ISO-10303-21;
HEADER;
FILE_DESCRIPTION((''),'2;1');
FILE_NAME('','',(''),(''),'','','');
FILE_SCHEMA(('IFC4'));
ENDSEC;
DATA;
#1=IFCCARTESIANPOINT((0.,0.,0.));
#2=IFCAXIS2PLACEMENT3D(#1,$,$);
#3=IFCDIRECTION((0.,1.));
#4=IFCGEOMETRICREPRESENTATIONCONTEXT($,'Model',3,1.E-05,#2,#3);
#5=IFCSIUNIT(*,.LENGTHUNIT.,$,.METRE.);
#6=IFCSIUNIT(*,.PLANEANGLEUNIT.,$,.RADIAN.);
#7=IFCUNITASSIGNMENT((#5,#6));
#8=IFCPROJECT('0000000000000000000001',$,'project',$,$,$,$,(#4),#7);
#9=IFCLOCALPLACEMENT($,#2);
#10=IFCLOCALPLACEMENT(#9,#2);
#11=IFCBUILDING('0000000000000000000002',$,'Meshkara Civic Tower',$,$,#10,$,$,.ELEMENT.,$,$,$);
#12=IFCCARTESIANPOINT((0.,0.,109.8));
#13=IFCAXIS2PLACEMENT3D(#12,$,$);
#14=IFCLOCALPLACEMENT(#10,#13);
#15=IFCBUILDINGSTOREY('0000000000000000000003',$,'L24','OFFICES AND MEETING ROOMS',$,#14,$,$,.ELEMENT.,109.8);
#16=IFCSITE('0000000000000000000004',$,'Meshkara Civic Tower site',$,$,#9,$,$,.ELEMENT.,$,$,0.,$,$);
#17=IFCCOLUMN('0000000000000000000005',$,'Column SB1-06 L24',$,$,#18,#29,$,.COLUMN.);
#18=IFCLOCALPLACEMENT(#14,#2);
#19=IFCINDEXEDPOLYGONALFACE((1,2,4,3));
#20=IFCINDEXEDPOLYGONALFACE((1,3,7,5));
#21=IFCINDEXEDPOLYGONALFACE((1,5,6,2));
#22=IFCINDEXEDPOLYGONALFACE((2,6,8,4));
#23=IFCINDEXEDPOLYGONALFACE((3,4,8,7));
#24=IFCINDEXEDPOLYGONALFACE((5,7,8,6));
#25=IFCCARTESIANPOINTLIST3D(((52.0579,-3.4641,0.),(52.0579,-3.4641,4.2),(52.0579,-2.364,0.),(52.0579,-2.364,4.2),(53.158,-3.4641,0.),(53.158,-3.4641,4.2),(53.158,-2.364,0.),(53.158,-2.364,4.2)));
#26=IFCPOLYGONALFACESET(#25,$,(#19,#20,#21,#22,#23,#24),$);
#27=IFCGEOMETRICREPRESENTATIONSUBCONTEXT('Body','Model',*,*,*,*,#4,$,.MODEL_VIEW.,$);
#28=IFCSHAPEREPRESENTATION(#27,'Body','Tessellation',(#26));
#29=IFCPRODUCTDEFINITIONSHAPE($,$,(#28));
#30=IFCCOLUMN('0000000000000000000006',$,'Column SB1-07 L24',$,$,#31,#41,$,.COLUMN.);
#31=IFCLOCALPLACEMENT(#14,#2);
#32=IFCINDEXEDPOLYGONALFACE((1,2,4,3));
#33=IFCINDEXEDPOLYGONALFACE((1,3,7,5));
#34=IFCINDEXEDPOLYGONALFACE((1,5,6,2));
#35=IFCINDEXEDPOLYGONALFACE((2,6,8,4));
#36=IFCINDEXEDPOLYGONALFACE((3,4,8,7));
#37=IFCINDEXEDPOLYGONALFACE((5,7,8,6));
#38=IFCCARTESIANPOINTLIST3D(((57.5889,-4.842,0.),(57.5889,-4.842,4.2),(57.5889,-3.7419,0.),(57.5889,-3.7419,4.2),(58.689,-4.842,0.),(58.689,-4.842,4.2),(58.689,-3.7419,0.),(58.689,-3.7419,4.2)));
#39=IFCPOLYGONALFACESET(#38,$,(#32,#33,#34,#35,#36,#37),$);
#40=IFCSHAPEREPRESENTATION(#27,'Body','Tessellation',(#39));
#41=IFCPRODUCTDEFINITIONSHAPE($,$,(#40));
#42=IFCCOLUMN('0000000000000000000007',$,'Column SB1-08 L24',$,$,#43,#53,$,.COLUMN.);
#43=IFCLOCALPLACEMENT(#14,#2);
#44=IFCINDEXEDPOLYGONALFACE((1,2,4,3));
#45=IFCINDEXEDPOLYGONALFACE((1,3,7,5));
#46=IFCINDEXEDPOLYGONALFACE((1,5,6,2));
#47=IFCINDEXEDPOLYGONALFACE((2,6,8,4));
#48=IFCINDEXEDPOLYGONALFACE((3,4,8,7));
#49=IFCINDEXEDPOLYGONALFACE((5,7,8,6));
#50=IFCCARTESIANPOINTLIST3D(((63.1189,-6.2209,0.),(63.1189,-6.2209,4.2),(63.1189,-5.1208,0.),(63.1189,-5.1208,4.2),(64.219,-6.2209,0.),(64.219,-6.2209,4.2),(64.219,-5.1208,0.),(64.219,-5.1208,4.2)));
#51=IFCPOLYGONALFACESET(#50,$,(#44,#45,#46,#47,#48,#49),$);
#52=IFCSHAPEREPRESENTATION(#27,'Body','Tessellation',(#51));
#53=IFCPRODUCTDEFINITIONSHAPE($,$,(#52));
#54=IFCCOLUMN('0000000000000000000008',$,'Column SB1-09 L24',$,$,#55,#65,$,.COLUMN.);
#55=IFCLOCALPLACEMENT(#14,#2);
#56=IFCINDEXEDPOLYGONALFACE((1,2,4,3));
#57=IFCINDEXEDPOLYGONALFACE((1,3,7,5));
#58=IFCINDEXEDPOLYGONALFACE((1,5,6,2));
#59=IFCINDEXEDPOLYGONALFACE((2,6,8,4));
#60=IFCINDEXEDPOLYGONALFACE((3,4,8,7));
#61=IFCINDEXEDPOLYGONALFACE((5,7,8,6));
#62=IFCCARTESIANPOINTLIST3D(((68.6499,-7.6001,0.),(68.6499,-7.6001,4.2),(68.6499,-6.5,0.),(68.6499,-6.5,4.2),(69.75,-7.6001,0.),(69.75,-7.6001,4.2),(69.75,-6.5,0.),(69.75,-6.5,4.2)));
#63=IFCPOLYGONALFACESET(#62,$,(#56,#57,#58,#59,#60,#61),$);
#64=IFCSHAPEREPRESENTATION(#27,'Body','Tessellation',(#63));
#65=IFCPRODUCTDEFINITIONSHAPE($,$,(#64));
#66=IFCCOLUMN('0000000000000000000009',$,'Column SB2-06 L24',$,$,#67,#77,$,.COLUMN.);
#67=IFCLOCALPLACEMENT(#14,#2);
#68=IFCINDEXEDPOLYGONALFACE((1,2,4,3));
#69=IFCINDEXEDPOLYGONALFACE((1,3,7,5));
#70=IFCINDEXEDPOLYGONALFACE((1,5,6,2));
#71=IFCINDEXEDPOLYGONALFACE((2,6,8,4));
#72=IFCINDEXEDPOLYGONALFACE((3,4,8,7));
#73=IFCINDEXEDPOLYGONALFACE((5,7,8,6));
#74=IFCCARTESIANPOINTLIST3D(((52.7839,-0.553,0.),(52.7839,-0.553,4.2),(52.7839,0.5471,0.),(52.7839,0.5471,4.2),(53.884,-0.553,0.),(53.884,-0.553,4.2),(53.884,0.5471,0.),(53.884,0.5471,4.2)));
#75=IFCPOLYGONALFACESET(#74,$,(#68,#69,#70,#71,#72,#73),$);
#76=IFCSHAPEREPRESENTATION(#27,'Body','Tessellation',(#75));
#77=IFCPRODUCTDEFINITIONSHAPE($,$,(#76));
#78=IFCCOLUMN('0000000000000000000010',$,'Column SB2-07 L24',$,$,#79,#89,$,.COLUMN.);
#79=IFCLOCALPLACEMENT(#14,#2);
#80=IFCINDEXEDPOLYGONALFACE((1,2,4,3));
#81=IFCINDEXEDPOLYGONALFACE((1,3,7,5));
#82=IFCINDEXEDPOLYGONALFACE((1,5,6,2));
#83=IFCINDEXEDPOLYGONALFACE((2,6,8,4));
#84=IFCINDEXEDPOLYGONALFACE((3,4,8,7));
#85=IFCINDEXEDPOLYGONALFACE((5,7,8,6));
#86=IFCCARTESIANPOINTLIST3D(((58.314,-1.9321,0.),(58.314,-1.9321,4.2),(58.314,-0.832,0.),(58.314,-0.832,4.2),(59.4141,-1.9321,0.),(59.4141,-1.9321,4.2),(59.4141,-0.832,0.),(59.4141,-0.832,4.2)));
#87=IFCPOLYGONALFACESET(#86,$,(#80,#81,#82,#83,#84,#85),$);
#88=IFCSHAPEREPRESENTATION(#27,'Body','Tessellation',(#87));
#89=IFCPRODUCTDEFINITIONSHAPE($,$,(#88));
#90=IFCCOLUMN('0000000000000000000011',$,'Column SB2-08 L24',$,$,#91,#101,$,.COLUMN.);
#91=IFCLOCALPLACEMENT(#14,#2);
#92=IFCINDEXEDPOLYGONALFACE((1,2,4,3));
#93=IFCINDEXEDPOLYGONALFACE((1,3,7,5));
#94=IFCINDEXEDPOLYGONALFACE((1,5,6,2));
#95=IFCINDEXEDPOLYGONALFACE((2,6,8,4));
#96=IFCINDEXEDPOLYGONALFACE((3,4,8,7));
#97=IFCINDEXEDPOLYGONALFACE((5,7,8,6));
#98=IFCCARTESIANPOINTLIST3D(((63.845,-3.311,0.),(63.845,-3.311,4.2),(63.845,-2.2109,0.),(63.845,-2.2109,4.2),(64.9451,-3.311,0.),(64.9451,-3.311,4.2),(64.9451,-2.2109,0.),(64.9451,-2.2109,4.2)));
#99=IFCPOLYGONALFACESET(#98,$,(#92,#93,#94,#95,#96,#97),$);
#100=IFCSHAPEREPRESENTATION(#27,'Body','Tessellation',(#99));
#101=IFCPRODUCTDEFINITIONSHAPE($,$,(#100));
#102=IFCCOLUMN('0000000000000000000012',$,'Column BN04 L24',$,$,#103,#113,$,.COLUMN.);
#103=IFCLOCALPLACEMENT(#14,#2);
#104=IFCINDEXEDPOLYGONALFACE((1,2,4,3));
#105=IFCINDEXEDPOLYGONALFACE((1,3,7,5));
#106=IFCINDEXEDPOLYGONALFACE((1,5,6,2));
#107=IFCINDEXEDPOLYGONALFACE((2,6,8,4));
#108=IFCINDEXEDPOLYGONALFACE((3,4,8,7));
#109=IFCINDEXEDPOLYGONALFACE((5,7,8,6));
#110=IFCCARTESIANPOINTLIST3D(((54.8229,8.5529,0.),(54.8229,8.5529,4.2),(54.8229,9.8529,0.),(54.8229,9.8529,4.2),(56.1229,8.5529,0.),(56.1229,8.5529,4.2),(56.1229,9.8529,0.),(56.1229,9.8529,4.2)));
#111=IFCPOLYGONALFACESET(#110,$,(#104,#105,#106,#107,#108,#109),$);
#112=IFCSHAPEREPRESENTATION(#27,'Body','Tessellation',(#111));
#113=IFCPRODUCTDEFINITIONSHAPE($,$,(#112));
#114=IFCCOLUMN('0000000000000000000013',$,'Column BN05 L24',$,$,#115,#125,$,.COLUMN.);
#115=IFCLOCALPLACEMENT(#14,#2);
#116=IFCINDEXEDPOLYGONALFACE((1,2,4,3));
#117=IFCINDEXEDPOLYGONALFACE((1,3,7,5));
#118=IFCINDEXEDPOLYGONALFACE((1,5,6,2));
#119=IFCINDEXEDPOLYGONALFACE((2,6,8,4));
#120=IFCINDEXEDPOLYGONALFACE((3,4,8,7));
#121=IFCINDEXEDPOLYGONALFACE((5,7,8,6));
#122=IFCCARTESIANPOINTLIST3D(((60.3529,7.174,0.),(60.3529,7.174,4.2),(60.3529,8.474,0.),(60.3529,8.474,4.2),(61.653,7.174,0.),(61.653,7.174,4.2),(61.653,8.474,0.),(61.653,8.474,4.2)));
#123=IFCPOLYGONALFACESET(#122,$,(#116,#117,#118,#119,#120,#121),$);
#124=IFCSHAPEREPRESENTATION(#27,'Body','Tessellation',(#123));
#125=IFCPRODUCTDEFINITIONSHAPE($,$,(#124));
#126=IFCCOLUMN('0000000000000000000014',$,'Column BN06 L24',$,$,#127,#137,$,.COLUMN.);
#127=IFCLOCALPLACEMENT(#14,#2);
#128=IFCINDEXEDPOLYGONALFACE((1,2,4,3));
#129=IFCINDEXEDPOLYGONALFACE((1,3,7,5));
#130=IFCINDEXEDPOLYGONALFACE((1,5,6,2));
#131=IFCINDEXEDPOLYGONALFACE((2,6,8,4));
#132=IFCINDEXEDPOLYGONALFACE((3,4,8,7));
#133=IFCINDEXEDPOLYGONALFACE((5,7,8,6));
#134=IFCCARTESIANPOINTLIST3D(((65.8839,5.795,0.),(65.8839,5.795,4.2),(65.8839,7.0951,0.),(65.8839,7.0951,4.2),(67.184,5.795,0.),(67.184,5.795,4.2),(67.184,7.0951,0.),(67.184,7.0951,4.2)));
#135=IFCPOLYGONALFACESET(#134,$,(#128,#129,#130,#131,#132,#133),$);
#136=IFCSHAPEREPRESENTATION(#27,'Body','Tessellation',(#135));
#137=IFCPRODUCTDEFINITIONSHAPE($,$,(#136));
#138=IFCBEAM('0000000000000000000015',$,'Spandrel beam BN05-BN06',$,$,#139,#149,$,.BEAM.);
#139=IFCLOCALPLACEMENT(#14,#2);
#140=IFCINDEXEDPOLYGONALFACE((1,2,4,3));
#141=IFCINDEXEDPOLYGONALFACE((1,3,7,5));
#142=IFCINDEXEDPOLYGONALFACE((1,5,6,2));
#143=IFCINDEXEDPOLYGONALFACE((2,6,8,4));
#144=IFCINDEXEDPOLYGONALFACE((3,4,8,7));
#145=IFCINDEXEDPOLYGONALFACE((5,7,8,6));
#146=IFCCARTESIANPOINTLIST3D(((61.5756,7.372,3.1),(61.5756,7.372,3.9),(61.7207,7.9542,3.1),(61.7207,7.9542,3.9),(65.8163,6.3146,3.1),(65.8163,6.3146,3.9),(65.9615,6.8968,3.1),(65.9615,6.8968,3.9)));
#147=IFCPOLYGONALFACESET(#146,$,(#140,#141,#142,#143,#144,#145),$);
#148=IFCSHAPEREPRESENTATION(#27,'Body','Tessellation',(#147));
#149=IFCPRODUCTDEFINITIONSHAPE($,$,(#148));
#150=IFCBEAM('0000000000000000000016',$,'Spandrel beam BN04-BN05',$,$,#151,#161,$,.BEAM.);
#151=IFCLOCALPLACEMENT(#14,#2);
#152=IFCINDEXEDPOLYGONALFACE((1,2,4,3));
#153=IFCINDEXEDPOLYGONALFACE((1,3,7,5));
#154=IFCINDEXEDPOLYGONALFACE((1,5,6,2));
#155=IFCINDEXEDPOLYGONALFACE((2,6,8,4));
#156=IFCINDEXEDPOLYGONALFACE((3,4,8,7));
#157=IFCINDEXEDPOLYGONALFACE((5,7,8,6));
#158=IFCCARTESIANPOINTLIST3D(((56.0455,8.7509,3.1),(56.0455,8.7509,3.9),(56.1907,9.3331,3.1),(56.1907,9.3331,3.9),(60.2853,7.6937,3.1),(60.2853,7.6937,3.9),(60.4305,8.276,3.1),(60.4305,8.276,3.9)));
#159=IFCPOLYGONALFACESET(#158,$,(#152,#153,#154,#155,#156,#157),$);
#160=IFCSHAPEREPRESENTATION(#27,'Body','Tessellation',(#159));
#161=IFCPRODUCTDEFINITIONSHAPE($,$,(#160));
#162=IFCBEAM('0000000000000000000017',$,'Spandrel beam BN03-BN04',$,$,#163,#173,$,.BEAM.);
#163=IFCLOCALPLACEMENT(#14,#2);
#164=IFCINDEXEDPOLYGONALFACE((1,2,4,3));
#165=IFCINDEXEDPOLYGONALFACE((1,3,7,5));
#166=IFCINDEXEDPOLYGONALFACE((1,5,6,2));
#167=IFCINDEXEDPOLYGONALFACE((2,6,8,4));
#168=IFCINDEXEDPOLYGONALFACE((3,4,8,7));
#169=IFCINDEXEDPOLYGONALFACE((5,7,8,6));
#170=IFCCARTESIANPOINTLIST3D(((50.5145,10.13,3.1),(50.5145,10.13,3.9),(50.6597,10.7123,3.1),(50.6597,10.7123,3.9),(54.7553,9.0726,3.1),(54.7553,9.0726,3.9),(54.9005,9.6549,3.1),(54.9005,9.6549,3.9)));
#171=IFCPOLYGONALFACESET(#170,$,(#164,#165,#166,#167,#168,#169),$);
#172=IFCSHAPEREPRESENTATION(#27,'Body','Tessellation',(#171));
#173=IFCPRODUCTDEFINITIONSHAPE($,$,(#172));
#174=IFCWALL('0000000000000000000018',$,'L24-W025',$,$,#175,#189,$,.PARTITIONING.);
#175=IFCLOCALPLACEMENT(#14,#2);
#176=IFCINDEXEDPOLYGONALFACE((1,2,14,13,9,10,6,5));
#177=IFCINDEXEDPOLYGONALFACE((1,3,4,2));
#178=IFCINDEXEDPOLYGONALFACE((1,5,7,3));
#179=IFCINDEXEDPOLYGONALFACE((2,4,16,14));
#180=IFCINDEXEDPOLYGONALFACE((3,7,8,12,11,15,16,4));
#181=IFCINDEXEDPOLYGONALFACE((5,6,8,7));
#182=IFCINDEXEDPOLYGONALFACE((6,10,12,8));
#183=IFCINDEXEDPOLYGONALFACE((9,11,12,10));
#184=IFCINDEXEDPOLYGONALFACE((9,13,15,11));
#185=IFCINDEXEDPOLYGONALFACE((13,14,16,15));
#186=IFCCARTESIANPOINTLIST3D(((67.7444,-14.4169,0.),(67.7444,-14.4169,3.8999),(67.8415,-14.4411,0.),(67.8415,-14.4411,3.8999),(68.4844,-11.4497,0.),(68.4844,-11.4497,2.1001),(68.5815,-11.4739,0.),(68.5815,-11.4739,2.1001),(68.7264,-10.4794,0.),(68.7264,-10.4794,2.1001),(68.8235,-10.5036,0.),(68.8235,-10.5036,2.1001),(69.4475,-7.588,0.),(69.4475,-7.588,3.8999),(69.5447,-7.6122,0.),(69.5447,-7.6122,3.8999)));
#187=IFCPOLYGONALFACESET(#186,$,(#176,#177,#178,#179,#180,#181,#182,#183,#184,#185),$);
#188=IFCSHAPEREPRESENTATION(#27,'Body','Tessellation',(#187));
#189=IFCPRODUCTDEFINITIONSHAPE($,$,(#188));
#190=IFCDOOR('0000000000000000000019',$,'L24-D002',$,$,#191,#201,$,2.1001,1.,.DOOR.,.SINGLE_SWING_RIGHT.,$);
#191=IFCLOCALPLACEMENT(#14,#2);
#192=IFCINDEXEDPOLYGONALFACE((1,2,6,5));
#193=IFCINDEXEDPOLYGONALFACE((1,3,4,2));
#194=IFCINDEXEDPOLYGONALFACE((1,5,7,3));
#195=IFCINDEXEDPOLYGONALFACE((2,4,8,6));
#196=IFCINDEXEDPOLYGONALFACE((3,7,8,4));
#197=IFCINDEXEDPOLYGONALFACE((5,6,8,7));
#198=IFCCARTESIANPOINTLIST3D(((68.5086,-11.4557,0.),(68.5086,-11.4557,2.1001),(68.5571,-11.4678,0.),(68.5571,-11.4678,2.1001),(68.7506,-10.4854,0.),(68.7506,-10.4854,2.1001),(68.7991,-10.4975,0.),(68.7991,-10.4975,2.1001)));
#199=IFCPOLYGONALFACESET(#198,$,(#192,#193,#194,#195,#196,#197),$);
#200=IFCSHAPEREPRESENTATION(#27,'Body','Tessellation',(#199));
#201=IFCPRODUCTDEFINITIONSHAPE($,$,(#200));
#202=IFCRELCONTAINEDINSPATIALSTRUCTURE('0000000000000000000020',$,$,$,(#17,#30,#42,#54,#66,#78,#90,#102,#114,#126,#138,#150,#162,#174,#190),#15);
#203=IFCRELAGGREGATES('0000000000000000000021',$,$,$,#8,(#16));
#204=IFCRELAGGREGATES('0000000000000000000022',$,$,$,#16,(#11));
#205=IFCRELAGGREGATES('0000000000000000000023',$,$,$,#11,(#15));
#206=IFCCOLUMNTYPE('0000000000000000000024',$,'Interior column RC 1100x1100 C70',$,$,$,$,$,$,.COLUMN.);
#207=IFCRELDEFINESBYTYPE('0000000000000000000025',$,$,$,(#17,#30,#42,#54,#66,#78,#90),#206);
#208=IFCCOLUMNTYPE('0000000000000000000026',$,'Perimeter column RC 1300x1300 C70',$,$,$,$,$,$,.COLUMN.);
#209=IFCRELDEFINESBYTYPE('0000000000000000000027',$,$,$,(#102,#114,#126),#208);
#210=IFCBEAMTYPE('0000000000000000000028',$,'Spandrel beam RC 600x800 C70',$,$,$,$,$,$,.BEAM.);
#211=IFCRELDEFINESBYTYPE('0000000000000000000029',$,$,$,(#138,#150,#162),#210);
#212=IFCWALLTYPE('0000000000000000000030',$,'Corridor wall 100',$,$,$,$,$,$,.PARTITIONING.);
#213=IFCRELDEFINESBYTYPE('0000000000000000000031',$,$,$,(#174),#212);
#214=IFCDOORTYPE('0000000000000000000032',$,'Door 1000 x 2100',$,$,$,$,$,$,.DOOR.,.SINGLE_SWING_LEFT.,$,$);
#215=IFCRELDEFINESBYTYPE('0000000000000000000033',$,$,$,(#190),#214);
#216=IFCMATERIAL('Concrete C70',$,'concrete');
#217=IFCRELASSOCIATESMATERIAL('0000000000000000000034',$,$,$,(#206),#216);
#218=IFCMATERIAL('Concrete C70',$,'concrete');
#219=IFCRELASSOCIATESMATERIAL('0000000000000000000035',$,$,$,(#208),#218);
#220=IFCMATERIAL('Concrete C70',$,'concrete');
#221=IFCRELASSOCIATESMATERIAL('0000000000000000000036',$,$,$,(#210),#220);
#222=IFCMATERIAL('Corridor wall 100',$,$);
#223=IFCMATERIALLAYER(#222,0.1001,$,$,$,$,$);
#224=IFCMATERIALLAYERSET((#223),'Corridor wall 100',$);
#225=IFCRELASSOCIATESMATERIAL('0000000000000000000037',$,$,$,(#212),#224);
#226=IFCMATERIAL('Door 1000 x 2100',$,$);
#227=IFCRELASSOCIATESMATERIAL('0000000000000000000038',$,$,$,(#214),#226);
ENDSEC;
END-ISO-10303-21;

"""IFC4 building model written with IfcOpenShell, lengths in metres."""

from ifc_helpers import new_model, si_unit, direction, frame, frame_2d, origin, origin_2d, place, context, subcontext, project, spatial, rectangle, extrude, material, layer, layer_set, material_profile, profile_set, type_object, element, fill, save


model = new_model("IFC4")

# Units and contexts
model_context = context("Model", 3, precision=1e-05, world=origin(), true_north=direction((0.0, 1.0)))
body_context = subcontext(model_context, "Body", "Model", "MODEL_VIEW")
ifc_project = project(units=[si_unit("LENGTHUNIT", "METRE"), si_unit("PLANEANGLEUNIT", "RADIAN")], contexts=[model_context])

# Site, building, storey
site_placement = place(None, origin())
site = spatial("IfcSite", under=ifc_project, at=site_placement, Name="Meshkara Civic Tower site", CompositionType="ELEMENT", RefElevation=0.0)
building_placement = place(site_placement, origin())
building = spatial("IfcBuilding", under=site, at=building_placement, Name="Meshkara Civic Tower", CompositionType="ELEMENT")
storey_placement = place(building_placement, frame((0.0, 0.0, 109.8)))
storey = spatial("IfcBuildingStorey", under=building, at=storey_placement, Name="L24", Description="OFFICES AND MEETING ROOMS", CompositionType="ELEMENT", Elevation=109.8)

# Columns
ifc_material_1 = material(Name="Concrete C70", Category="concrete")
ifc_material_profile_1 = material_profile(ifc_material_1, rectangle(XDim=1.1001, YDim=1.1001, at=origin_2d()))
ifc_profile_set_1 = profile_set([ifc_material_profile_1], Name="Concrete C70")
column_type_1 = type_object("IfcColumnType", Name="Interior column RC 1100x1100 C70", PredefinedType="COLUMN", material=ifc_profile_set_1)
for number, where, z_axis, x_axis, name in (
    (1, (52.6079, -2.9141, 0.0), (0.0, 0.0, 1.0), (1.0, 0.0, 0.0), "Column SB1-06 L24"),
    (2, (58.1389, -4.292, 0.0), (0.0, 0.0, 1.0), (1.0, 0.0, 0.0), "Column SB1-07 L24"),
    (3, (63.6689, -5.6709, 0.0), (0.0, 0.0, 1.0), (1.0, 0.0, 0.0), "Column SB1-08 L24"),
    (4, (69.2, -7.05, 0.0), (0.0, 0.0, 1.0), (1.0, 0.0, 0.0), "Column SB1-09 L24"),
    (5, (53.334, -0.0029, 0.0), (0.0, 0.0, 1.0), (1.0, 0.0, 0.0), "Column SB2-06 L24"),
    (6, (58.864, -1.3821, 0.0), (0.0, 0.0, 1.0), (1.0, 0.0, 0.0), "Column SB2-07 L24"),
    (7, (64.395, -2.761, 0.0), (0.0, 0.0, 1.0), (1.0, 0.0, 0.0), "Column SB2-08 L24"),
):
    element("IfcColumn", number, at=place(storey_placement, frame(where, z_axis=z_axis, x_axis=x_axis)), inside=storey, type_object=column_type_1, Name=name, PredefinedType="COLUMN", context=body_context, shape_type="SweptSolid", body=[
        extrude(rectangle(XDim=1.1001, YDim=1.1001, at=origin_2d()), origin(), (0.0, 0.0, 1.0), 4.2),
    ])
ifc_material_2 = material(Name="Concrete C70", Category="concrete")
ifc_material_profile_2 = material_profile(ifc_material_2, rectangle(XDim=1.3, YDim=1.3, at=origin_2d()))
ifc_profile_set_2 = profile_set([ifc_material_profile_2], Name="Concrete C70")
column_type_2 = type_object("IfcColumnType", Name="Perimeter column RC 1300x1300 C70", PredefinedType="COLUMN", material=ifc_profile_set_2)
for number, where, z_axis, x_axis, name in (
    (8, (55.4729, 9.2029, 0.0), (0.0, 0.0, 1.0), (1.0, 0.0, 0.0), "Column BN04 L24"),
    (9, (61.0029, 7.824, 0.0), (0.0, 0.0, 1.0), (1.0, 0.0, 0.0), "Column BN05 L24"),
    (10, (66.5339, 6.4451, 0.0), (0.0, 0.0, 1.0), (1.0, 0.0, 0.0), "Column BN06 L24"),
):
    element("IfcColumn", number, at=place(storey_placement, frame(where, z_axis=z_axis, x_axis=x_axis)), inside=storey, type_object=column_type_2, Name=name, PredefinedType="COLUMN", context=body_context, shape_type="SweptSolid", body=[
        extrude(rectangle(XDim=1.3, YDim=1.3, at=origin_2d()), origin(), (0.0, 0.0, 1.0), 4.2),
    ])

# Beams
ifc_material_3 = material(Name="Concrete C70", Category="concrete")
ifc_material_profile_3 = material_profile(ifc_material_3, rectangle(XDim=0.6001, YDim=0.8, at=origin_2d()))
ifc_profile_set_3 = profile_set([ifc_material_profile_3], Name="Concrete C70")
beam_type = type_object("IfcBeamType", Name="Spandrel beam RC 600x800 C70", PredefinedType="BEAM", material=ifc_profile_set_3)
beam_1_placement = place(storey_placement, frame((65.8889, 6.6057, 3.5), z_axis=(-0.970293, 0.241931, 0.0), x_axis=(-0.241931, -0.970293, 0.0)))
element("IfcBeam", 11, at=beam_1_placement, inside=storey, type_object=beam_type, Name="Spandrel beam BN05-BN06", PredefinedType="BEAM", context=body_context, shape_type="SweptSolid", body=[
    extrude(rectangle(XDim=0.6001, YDim=0.8, at=origin_2d()), origin(), (0.0, 0.0, 1.0), 4.3706),
])
beam_2_placement = place(storey_placement, frame((60.3579, 7.9849, 3.5), z_axis=(-0.970293, 0.241931, 0.0), x_axis=(-0.241931, -0.970293, 0.0)))
element("IfcBeam", 12, at=beam_2_placement, inside=storey, type_object=beam_type, Name="Spandrel beam BN04-BN05", PredefinedType="BEAM", context=body_context, shape_type="SweptSolid", body=[
    extrude(rectangle(XDim=0.6001, YDim=0.8, at=origin_2d()), origin(), (0.0, 0.0, 1.0), 4.3696),
])
beam_3_placement = place(storey_placement, frame((54.8279, 9.3638, 3.5), z_axis=(-0.970293, 0.241931, 0.0), x_axis=(-0.241931, -0.970293, 0.0)))
element("IfcBeam", 13, at=beam_3_placement, inside=storey, type_object=beam_type, Name="Spandrel beam BN03-BN04", PredefinedType="BEAM", context=body_context, shape_type="SweptSolid", body=[
    extrude(rectangle(XDim=0.6001, YDim=0.8, at=origin_2d()), origin(), (0.0, 0.0, 1.0), 4.3706),
])

# Wall, opening, door
ifc_material_4 = material(Name="Corridor wall 100")
ifc_layer_1 = layer(ifc_material_4, 0.1001)
ifc_layer_set_1 = layer_set([ifc_layer_1], Name="Corridor wall 100")
wall_type_1 = type_object("IfcWallType", Name="Corridor wall 100", PredefinedType="PARTITIONING", material=ifc_layer_set_1)
wall_1_placement = place(storey_placement, frame((69.4961, -7.6001, 0.0), z_axis=(0.0, 0.0, 1.0), x_axis=(-0.241989, -0.970279, 0.0)))
wall_1 = element("IfcWall", 14, at=wall_1_placement, inside=storey, type_object=wall_type_1, Name="L24-W025", PredefinedType="PARTITIONING", context=body_context, shape_type="SweptSolid", body=[
    extrude(rectangle(XDim=7.0381, YDim=0.1001, at=frame_2d((3.519, 0.0))), origin(), (0.0, 0.0, 1.0), 3.8999),
])
opening_1_placement = place(wall_1_placement, frame((2.98, 0.0, 0.0)))
opening_1 = element("IfcOpeningElement", 15, at=opening_1_placement, cuts=wall_1, PredefinedType="OPENING", context=body_context, shape_type="SweptSolid", body=[
    extrude(rectangle(XDim=1.0, YDim=2.1001, at=frame_2d((0.5, 1.05))), frame((0.0, 0.0601, 0.0), z_axis=(0.0, -1.0, 0.0), x_axis=(1.0, 0.0, 0.0)), (0.0, 0.0, 1.0), 0.1201),
])
ifc_material_5 = material(Name="Door 1000 x 2100")
door_type = type_object("IfcDoorType", Name="Door 1000 x 2100", OperationType="SINGLE_SWING_LEFT", PredefinedType="DOOR", material=ifc_material_5)
door_placement = place(opening_1_placement, origin())
door = element("IfcDoor", 16, at=door_placement, inside=storey, type_object=door_type, Name="L24-D002", OperationType="SINGLE_SWING_RIGHT", OverallHeight=2.1001, OverallWidth=1.0, PredefinedType="DOOR", context=body_context, shape_type="SweptSolid", body=[
    extrude(rectangle(XDim=1.0, YDim=2.1001, at=frame_2d((0.5, 1.05))), frame((0.0, 0.0249, 0.0), z_axis=(0.0, -1.0, 0.0), x_axis=(1.0, 0.0, 0.0)), (0.0, 0.0, 1.0), 0.05),
])
fill(opening_1, door)

save(model, "model.ifc")
